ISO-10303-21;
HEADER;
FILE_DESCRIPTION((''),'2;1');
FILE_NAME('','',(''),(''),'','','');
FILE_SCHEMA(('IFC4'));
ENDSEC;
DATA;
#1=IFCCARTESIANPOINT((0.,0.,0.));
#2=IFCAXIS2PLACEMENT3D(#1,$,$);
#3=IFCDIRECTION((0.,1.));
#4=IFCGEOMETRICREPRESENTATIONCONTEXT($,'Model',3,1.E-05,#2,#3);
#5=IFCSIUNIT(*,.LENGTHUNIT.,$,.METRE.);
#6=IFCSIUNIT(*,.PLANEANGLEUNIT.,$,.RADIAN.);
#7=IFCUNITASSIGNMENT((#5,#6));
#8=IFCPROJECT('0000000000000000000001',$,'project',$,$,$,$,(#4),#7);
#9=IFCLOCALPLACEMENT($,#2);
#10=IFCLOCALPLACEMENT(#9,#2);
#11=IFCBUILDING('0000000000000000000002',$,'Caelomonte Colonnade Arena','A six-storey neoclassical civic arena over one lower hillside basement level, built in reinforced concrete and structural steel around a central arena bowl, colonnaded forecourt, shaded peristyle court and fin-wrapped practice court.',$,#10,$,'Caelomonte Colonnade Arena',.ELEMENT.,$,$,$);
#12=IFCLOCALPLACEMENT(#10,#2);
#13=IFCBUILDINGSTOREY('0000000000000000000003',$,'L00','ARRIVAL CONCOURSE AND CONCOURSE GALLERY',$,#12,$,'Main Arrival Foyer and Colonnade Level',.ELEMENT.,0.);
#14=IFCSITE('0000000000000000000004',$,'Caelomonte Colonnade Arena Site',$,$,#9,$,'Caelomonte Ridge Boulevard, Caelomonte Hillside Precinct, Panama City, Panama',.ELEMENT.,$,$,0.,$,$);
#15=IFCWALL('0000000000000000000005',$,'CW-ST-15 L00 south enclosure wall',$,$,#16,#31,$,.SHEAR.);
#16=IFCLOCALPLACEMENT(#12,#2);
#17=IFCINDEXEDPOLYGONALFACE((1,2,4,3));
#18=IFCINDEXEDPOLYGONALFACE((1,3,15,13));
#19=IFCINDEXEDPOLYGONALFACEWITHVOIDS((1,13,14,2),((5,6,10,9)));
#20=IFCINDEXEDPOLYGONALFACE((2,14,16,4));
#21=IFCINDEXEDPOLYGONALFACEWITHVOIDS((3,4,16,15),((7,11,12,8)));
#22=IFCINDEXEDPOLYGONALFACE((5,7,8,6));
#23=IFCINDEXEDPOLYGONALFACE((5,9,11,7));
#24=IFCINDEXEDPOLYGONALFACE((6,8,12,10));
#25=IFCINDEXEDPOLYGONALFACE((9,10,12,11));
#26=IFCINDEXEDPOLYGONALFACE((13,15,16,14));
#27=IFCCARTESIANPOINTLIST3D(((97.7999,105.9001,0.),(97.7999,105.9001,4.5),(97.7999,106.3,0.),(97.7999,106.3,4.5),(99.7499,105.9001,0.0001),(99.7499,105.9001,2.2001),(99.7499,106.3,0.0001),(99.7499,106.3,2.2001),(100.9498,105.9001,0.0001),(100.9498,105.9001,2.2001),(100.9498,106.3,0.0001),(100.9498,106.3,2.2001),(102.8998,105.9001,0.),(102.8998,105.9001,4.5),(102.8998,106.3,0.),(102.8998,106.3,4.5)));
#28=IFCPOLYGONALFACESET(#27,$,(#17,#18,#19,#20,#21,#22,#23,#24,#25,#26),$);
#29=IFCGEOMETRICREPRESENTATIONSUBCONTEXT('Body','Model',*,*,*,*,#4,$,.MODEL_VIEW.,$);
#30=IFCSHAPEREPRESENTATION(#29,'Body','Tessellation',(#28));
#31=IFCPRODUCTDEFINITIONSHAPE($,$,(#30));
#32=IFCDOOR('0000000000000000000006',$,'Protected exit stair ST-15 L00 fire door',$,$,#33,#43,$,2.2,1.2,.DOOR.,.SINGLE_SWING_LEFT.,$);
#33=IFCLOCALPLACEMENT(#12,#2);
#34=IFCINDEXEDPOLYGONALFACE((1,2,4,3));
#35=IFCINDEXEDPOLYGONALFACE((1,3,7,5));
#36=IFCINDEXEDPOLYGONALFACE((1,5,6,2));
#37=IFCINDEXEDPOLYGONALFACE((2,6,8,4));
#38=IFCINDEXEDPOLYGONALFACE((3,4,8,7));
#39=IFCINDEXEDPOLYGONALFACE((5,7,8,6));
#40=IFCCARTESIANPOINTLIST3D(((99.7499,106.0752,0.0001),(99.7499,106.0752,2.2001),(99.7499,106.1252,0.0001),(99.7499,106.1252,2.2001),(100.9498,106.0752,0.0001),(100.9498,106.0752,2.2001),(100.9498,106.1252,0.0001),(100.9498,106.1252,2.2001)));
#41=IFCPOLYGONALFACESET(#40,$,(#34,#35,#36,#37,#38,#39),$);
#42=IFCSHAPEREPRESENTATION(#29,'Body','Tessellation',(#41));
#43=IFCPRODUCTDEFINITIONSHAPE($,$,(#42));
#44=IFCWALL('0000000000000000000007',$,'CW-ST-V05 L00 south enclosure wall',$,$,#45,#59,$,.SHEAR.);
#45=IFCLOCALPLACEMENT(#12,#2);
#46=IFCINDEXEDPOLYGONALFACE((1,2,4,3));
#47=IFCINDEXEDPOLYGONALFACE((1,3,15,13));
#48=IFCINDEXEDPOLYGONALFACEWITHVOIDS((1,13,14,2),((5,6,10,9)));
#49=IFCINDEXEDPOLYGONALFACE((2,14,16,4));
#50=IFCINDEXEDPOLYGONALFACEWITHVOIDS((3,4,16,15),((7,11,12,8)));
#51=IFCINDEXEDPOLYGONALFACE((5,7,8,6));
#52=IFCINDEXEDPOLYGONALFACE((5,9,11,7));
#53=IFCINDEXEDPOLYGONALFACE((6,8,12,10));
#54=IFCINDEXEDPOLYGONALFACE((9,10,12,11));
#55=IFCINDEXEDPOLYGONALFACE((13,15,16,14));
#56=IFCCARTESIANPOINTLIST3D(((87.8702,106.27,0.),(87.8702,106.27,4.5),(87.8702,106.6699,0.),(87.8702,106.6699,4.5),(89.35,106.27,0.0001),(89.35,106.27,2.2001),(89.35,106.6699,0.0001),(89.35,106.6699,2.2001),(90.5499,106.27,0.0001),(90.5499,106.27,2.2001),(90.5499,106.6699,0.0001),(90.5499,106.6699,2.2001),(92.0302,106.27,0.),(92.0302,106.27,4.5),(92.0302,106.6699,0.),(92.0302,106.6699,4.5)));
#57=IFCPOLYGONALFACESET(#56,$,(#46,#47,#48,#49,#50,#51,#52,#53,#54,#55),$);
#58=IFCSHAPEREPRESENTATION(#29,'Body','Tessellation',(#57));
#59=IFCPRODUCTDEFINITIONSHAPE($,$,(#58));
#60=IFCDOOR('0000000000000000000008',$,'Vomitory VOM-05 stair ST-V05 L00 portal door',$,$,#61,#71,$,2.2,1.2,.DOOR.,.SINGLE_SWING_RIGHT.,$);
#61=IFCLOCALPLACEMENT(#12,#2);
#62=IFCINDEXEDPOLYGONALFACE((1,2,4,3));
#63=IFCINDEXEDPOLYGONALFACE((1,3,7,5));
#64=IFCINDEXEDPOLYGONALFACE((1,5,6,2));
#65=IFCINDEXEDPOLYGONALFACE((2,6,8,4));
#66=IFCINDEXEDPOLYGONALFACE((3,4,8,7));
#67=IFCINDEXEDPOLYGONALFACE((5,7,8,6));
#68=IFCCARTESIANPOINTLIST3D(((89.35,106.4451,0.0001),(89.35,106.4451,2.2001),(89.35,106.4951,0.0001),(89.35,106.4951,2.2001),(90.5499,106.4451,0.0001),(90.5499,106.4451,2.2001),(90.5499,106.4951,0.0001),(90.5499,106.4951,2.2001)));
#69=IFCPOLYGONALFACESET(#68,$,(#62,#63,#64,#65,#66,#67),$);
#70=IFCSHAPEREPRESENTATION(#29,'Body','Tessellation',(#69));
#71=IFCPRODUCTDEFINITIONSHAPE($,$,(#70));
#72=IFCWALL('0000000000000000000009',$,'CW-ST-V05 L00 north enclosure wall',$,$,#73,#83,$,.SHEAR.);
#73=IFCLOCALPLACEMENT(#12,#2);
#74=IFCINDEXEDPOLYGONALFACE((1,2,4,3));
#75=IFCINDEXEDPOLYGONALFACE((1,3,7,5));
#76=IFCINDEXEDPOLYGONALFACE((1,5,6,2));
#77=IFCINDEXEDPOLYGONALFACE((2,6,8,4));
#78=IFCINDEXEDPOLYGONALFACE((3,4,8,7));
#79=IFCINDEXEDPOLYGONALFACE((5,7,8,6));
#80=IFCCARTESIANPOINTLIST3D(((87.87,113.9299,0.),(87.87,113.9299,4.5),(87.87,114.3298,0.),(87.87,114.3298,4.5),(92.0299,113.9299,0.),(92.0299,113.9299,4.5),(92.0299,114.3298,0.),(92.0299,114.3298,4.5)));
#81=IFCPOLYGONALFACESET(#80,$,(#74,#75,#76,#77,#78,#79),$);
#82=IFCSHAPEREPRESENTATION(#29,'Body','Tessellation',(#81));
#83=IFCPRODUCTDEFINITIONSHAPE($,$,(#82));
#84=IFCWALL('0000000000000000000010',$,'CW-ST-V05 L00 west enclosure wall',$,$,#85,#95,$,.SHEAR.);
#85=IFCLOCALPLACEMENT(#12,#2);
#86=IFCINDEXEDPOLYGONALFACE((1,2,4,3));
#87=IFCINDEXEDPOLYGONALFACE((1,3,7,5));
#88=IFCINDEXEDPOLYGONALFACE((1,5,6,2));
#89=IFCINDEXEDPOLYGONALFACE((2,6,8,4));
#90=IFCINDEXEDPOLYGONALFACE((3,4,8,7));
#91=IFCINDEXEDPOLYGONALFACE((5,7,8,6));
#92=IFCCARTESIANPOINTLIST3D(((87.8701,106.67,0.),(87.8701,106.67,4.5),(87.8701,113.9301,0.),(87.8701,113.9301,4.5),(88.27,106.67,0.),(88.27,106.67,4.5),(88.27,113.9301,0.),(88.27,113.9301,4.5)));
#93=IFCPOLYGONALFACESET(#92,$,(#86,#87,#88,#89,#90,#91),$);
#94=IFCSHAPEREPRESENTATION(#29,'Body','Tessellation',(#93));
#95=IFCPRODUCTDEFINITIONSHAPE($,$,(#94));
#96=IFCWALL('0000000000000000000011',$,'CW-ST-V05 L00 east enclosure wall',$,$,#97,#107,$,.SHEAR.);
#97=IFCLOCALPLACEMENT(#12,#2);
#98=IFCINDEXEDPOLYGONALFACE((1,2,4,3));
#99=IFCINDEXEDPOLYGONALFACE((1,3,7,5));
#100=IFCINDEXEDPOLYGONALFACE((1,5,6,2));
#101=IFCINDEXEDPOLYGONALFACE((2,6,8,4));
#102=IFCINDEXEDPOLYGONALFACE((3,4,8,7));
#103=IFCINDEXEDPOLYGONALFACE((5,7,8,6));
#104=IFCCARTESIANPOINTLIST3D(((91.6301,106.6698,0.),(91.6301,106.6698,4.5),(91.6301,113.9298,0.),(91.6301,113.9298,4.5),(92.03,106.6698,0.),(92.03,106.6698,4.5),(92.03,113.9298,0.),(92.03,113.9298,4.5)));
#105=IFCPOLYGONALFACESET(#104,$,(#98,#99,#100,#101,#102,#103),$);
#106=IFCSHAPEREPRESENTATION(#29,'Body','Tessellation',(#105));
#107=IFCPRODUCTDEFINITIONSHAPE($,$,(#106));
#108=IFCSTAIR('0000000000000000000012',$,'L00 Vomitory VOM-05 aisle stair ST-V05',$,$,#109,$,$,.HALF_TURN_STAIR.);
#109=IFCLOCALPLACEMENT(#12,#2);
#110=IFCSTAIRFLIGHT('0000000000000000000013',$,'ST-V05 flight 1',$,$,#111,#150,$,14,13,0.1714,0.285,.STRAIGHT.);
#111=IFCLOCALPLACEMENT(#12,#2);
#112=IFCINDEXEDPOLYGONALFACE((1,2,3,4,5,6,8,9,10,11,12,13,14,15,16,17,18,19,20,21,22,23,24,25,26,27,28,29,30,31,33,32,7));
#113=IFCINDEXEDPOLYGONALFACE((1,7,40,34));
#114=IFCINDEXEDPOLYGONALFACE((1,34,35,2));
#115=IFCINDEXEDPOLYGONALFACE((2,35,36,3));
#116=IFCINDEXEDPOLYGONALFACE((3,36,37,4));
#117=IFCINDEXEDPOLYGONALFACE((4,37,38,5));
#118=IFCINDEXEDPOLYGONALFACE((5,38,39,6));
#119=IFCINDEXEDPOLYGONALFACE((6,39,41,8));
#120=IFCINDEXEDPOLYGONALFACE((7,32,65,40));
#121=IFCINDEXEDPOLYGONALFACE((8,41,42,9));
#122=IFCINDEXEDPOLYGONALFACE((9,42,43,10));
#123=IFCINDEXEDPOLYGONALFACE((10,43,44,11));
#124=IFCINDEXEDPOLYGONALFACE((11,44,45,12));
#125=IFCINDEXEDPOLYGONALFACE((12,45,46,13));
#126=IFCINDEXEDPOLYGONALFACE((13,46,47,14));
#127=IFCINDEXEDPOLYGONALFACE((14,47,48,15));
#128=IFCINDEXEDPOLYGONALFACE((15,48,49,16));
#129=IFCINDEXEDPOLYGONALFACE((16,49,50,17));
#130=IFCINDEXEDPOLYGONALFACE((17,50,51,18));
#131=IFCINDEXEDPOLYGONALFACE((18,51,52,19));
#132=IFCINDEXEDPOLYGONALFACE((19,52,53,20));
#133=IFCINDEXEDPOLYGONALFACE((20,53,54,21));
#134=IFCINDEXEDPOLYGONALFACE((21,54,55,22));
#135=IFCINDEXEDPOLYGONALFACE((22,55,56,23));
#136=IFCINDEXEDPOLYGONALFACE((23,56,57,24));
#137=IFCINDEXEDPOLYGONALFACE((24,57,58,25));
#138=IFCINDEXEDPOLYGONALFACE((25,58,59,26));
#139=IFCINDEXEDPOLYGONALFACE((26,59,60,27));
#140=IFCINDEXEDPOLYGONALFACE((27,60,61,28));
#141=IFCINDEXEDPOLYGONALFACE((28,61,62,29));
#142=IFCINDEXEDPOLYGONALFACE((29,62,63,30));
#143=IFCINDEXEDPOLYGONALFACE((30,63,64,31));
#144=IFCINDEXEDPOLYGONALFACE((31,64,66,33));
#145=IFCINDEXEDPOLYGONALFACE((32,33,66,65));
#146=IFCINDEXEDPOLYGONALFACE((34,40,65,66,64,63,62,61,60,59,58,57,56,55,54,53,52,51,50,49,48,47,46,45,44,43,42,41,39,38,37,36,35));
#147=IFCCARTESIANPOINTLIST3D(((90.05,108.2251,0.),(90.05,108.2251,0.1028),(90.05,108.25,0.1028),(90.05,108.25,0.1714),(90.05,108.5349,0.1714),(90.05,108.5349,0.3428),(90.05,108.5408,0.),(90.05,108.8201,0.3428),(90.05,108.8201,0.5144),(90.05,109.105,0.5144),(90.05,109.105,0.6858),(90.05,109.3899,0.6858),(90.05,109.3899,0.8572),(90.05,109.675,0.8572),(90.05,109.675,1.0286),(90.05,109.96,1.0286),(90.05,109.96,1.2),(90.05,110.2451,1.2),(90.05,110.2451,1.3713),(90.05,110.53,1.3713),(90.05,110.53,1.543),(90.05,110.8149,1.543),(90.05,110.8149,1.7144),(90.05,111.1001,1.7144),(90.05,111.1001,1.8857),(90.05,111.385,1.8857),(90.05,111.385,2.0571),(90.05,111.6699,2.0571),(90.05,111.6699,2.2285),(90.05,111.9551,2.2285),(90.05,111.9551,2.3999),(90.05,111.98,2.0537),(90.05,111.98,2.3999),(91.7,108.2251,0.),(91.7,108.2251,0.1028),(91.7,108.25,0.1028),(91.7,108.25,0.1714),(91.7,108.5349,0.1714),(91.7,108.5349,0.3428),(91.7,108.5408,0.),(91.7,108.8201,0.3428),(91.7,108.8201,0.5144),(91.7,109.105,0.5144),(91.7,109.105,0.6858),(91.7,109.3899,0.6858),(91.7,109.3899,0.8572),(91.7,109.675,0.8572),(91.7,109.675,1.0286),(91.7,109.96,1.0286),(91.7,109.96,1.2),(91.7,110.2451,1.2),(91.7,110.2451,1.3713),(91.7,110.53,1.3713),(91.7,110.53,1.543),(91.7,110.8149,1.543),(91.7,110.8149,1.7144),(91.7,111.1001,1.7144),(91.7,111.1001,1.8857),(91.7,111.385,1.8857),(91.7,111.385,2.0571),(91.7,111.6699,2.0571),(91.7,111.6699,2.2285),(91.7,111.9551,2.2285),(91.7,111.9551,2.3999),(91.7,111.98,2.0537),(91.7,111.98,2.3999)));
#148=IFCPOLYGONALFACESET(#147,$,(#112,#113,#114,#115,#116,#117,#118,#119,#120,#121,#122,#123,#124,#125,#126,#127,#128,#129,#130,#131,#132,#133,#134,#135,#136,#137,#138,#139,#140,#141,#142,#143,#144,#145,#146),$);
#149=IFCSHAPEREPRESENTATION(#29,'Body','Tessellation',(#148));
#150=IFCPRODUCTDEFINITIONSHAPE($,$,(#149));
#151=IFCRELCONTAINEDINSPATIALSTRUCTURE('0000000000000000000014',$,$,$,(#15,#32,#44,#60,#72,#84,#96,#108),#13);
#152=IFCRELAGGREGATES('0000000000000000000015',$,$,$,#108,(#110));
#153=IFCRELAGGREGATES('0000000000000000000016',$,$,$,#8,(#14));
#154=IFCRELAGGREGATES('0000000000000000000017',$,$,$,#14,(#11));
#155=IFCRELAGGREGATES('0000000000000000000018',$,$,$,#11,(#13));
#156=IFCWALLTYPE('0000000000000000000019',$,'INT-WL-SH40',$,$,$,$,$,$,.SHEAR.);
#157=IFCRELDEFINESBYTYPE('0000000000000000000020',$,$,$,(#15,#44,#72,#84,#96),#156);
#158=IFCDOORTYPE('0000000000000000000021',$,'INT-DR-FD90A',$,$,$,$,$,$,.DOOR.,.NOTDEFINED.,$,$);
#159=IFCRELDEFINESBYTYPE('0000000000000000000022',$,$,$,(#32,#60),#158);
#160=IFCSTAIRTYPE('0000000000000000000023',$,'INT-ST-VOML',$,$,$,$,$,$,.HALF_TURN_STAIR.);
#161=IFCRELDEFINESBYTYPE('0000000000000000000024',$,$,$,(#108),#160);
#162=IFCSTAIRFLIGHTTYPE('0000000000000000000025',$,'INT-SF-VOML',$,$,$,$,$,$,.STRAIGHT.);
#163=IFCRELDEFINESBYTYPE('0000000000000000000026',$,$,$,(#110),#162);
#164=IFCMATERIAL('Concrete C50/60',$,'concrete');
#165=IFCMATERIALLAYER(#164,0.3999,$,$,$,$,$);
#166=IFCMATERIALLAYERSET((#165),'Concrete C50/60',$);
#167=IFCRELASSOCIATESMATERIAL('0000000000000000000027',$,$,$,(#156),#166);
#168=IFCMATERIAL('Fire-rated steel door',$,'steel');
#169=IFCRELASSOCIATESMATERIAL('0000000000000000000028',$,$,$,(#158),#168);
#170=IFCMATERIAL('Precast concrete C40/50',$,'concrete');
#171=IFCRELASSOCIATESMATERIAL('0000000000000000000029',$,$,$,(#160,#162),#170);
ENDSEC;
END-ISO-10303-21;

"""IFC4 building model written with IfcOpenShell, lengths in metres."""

from ifc_helpers import new_model, si_unit, direction, frame, frame_2d, origin, place, context, subcontext, project, spatial, polyline, rectangle, outline, extrude, material, layer, layer_set, type_object, element, fill, aggregate, save


model = new_model("IFC4")

# Units and contexts
model_context = context("Model", 3, precision=1e-05, world=origin(), true_north=direction((0.0, 1.0)))
body_context = subcontext(model_context, "Body", "Model", "MODEL_VIEW")
ifc_project = project(units=[si_unit("LENGTHUNIT", "METRE"), si_unit("PLANEANGLEUNIT", "RADIAN")], contexts=[model_context])

# Site, building, storey
site_placement = place(None, origin())
site = spatial("IfcSite", under=ifc_project, at=site_placement, Name="Caelomonte Colonnade Arena Site", LongName="Caelomonte Ridge Boulevard, Caelomonte Hillside Precinct, Panama City, Panama", CompositionType="ELEMENT", RefElevation=0.0)
building_placement = place(site_placement, origin())
building = spatial("IfcBuilding", under=site, at=building_placement, Name="Caelomonte Colonnade Arena", Description="A six-storey neoclassical civic arena over one lower hillside basement level, built in reinforced concrete and structural steel around a central arena bowl, colonnaded forecourt, shaded peristyle court and fin-wrapped practice court.", LongName="Caelomonte Colonnade Arena", CompositionType="ELEMENT")
storey_placement = place(building_placement, origin())
storey = spatial("IfcBuildingStorey", under=building, at=storey_placement, Name="L00", Description="ARRIVAL CONCOURSE AND CONCOURSE GALLERY", LongName="Main Arrival Foyer and Colonnade Level", CompositionType="ELEMENT", Elevation=0.0)

# Shared definitions
ifc_material_1 = material(Name="Concrete C50/60", Category="concrete")

# Shared definitions
ifc_material_2 = material(Name="Precast concrete C40/50", Category="concrete")

# Walls, openings, doors
ifc_layer_1 = layer(ifc_material_1, 0.3999)
ifc_layer_set_1 = layer_set([ifc_layer_1], Name="Concrete C50/60")
wall_type_1 = type_object("IfcWallType", Name="INT-WL-SH40", PredefinedType="SHEAR", material=ifc_layer_set_1)
wall_1_placement = place(storey_placement, frame((97.8, 106.1001, 0.0), z_axis=(0.0, 0.0, 1.0), x_axis=(1.0, 0.0, 0.0)))
wall_1 = element("IfcWall", 1, at=wall_1_placement, inside=storey, type_object=wall_type_1, Name="CW-ST-15 L00 south enclosure wall", PredefinedType="SHEAR", context=body_context, shape_type="SweptSolid", body=[
    extrude(rectangle(XDim=5.0999, YDim=0.3999, at=frame_2d((2.5498, 0.0))), origin(), (0.0, 0.0, 1.0), 4.5),
])
opening_1_placement = place(wall_1_placement, frame((3.1499, 0.0, 0.0), z_axis=(0.0, 0.0, 1.0), x_axis=(-1.0, 0.0, 0.0)))
opening_1 = element("IfcOpeningElement", 2, at=opening_1_placement, cuts=wall_1, PredefinedType="OPENING", context=body_context, shape_type="SweptSolid", body=[
    extrude(rectangle(XDim=1.2, YDim=2.2, at=frame_2d((0.6001, 1.1001))), frame((0.0, 0.21, 0.0), z_axis=(0.0, -1.0, 0.0), x_axis=(1.0, 0.0, 0.0)), (0.0, 0.0, 1.0), 0.4199),
])
ifc_material_3 = material(Name="Fire-rated steel door", Category="steel")
door_type = type_object("IfcDoorType", Name="INT-DR-FD90A", OperationType="NOTDEFINED", PredefinedType="DOOR", material=ifc_material_3)
door_1_placement = place(opening_1_placement, origin())
door_1 = element("IfcDoor", 3, at=door_1_placement, inside=storey, type_object=door_type, Name="Protected exit stair ST-15 L00 fire door", OperationType="SINGLE_SWING_LEFT", OverallHeight=2.2, OverallWidth=1.2, PredefinedType="DOOR", context=body_context, shape_type="SweptSolid", body=[
    extrude(rectangle(XDim=1.2, YDim=2.2, at=frame_2d((0.6001, 1.1001))), frame((0.0, 0.0249, 0.0), z_axis=(0.0, -1.0, 0.0), x_axis=(1.0, 0.0, 0.0)), (0.0, 0.0, 1.0), 0.05),
])
fill(opening_1, door_1)
wall_2_placement = place(storey_placement, frame((87.8701, 106.47, 0.0), z_axis=(0.0, 0.0, 1.0), x_axis=(1.0, 0.0, 0.0)))
wall_2 = element("IfcWall", 4, at=wall_2_placement, inside=storey, type_object=wall_type_1, Name="CW-ST-V05 L00 south enclosure wall", PredefinedType="SHEAR", context=body_context, shape_type="SweptSolid", body=[
    extrude(rectangle(XDim=4.1599, YDim=0.3999, at=frame_2d((2.0801, 0.0))), origin(), (0.0, 0.0, 1.0), 4.5),
])
opening_2_placement = place(wall_2_placement, frame((2.6799, 0.0, 0.0), z_axis=(0.0, 0.0, 1.0), x_axis=(-1.0, 0.0, 0.0)))
opening_2 = element("IfcOpeningElement", 5, at=opening_2_placement, cuts=wall_2, PredefinedType="OPENING", context=body_context, shape_type="SweptSolid", body=[
    extrude(rectangle(XDim=1.2, YDim=2.2, at=frame_2d((0.6001, 1.1001))), frame((0.0, 0.21, 0.0), z_axis=(0.0, -1.0, 0.0), x_axis=(1.0, 0.0, 0.0)), (0.0, 0.0, 1.0), 0.4199),
])
door_2_placement = place(opening_2_placement, origin())
door_2 = element("IfcDoor", 6, at=door_2_placement, inside=storey, type_object=door_type, Name="Vomitory VOM-05 stair ST-V05 L00 portal door", OperationType="SINGLE_SWING_RIGHT", OverallHeight=2.2, OverallWidth=1.2, PredefinedType="DOOR", context=body_context, shape_type="SweptSolid", body=[
    extrude(rectangle(XDim=1.2, YDim=2.2, at=frame_2d((0.6001, 1.1001))), frame((0.0, 0.0249, 0.0), z_axis=(0.0, -1.0, 0.0), x_axis=(1.0, 0.0, 0.0)), (0.0, 0.0, 1.0), 0.05),
])
fill(opening_2, door_2)

# Walls
wall_3_placement = place(storey_placement, frame((92.03, 114.1299, 0.0), z_axis=(0.0, 0.0, 1.0), x_axis=(-1.0, 0.0, 0.0)))
element("IfcWall", 7, at=wall_3_placement, inside=storey, type_object=wall_type_1, Name="CW-ST-V05 L00 north enclosure wall", PredefinedType="SHEAR", context=body_context, shape_type="SweptSolid", body=[
    extrude(rectangle(XDim=4.1599, YDim=0.3999, at=frame_2d((2.0801, 0.0))), origin(), (0.0, 0.0, 1.0), 4.5),
])
for number, where, z_axis, x_axis, name in (
    (8, (88.0701, 113.9299, 0.0), (0.0, 0.0, 1.0), (0.0, -1.0, 0.0), "CW-ST-V05 L00 west enclosure wall"),
    (9, (91.8301, 106.6699, 0.0), (0.0, 0.0, 1.0), (0.0, 1.0, 0.0), "CW-ST-V05 L00 east enclosure wall"),
):
    element("IfcWall", number, at=place(storey_placement, frame(where, z_axis=z_axis, x_axis=x_axis)), inside=storey, type_object=wall_type_1, Name=name, PredefinedType="SHEAR", context=body_context, shape_type="SweptSolid", body=[
        extrude(rectangle(XDim=7.26, YDim=0.3999, at=frame_2d((3.6299, 0.0))), origin(), (0.0, 0.0, 1.0), 4.5),
    ])

# Stair, stair flight
stair_type = type_object("IfcStairType", Name="INT-ST-VOML", PredefinedType="HALF_TURN_STAIR", material=ifc_material_2)
stair_placement = place(storey_placement, origin())
stair = element("IfcStair", 10, at=stair_placement, inside=storey, type_object=stair_type, Name="L00 Vomitory VOM-05 aisle stair ST-V05", PredefinedType="HALF_TURN_STAIR")
stair_flight_type = type_object("IfcStairFlightType", Name="INT-SF-VOML", PredefinedType="STRAIGHT", material=ifc_material_2)
stair_flight_1_placement = place(storey_placement, frame((90.875, 108.25, 0.0), z_axis=(0.0, 0.0, 1.0), x_axis=(0.0, 1.0, 0.0)))
stair_flight_1 = element("IfcStairFlight", 11, at=stair_flight_1_placement, type_object=stair_flight_type, Name="ST-V05 flight 1", NumberOfRisers=14, NumberOfTreads=13, PredefinedType="STRAIGHT", RiserHeight=0.1714, TreadLength=0.285, context=body_context, shape_type="SweptSolid", body=[
    extrude(outline(polyline([(-0.0249, 0.0), (-0.0249, 0.1028), (0.0, 0.1028), (0.0, 0.1714), (0.2849, 0.1714), (0.2849, 0.3428), (0.5701, 0.3428), (0.5701, 0.5144), (0.855, 0.5144), (0.855, 0.6858), (1.1399, 0.6858), (1.1399, 0.8572), (1.425, 0.8572), (1.425, 1.0286), (1.71, 1.0286), (1.71, 1.2), (1.9951, 1.2), (1.9951, 1.3713), (2.28, 1.3713), (2.28, 1.543), (2.5649, 1.543), (2.5649, 1.7144), (2.8501, 1.7144), (2.8501, 1.8857), (3.135, 1.8857), (3.135, 2.0571), (3.4199, 2.0571), (3.4199, 2.2285), (3.7051, 2.2285), (3.7051, 2.3999), (3.73, 2.3999), (3.73, 2.0537), (0.2908, 0.0), (-0.0249, 0.0)])), frame((0.0, 0.825, 0.0), z_axis=(0.0, -1.0, 0.0), x_axis=(1.0, 0.0, 0.0)), (0.0, 0.0, 1.0), 1.6499),
])
aggregate(stair, [stair_flight_1])

save(model, "model.ifc")
